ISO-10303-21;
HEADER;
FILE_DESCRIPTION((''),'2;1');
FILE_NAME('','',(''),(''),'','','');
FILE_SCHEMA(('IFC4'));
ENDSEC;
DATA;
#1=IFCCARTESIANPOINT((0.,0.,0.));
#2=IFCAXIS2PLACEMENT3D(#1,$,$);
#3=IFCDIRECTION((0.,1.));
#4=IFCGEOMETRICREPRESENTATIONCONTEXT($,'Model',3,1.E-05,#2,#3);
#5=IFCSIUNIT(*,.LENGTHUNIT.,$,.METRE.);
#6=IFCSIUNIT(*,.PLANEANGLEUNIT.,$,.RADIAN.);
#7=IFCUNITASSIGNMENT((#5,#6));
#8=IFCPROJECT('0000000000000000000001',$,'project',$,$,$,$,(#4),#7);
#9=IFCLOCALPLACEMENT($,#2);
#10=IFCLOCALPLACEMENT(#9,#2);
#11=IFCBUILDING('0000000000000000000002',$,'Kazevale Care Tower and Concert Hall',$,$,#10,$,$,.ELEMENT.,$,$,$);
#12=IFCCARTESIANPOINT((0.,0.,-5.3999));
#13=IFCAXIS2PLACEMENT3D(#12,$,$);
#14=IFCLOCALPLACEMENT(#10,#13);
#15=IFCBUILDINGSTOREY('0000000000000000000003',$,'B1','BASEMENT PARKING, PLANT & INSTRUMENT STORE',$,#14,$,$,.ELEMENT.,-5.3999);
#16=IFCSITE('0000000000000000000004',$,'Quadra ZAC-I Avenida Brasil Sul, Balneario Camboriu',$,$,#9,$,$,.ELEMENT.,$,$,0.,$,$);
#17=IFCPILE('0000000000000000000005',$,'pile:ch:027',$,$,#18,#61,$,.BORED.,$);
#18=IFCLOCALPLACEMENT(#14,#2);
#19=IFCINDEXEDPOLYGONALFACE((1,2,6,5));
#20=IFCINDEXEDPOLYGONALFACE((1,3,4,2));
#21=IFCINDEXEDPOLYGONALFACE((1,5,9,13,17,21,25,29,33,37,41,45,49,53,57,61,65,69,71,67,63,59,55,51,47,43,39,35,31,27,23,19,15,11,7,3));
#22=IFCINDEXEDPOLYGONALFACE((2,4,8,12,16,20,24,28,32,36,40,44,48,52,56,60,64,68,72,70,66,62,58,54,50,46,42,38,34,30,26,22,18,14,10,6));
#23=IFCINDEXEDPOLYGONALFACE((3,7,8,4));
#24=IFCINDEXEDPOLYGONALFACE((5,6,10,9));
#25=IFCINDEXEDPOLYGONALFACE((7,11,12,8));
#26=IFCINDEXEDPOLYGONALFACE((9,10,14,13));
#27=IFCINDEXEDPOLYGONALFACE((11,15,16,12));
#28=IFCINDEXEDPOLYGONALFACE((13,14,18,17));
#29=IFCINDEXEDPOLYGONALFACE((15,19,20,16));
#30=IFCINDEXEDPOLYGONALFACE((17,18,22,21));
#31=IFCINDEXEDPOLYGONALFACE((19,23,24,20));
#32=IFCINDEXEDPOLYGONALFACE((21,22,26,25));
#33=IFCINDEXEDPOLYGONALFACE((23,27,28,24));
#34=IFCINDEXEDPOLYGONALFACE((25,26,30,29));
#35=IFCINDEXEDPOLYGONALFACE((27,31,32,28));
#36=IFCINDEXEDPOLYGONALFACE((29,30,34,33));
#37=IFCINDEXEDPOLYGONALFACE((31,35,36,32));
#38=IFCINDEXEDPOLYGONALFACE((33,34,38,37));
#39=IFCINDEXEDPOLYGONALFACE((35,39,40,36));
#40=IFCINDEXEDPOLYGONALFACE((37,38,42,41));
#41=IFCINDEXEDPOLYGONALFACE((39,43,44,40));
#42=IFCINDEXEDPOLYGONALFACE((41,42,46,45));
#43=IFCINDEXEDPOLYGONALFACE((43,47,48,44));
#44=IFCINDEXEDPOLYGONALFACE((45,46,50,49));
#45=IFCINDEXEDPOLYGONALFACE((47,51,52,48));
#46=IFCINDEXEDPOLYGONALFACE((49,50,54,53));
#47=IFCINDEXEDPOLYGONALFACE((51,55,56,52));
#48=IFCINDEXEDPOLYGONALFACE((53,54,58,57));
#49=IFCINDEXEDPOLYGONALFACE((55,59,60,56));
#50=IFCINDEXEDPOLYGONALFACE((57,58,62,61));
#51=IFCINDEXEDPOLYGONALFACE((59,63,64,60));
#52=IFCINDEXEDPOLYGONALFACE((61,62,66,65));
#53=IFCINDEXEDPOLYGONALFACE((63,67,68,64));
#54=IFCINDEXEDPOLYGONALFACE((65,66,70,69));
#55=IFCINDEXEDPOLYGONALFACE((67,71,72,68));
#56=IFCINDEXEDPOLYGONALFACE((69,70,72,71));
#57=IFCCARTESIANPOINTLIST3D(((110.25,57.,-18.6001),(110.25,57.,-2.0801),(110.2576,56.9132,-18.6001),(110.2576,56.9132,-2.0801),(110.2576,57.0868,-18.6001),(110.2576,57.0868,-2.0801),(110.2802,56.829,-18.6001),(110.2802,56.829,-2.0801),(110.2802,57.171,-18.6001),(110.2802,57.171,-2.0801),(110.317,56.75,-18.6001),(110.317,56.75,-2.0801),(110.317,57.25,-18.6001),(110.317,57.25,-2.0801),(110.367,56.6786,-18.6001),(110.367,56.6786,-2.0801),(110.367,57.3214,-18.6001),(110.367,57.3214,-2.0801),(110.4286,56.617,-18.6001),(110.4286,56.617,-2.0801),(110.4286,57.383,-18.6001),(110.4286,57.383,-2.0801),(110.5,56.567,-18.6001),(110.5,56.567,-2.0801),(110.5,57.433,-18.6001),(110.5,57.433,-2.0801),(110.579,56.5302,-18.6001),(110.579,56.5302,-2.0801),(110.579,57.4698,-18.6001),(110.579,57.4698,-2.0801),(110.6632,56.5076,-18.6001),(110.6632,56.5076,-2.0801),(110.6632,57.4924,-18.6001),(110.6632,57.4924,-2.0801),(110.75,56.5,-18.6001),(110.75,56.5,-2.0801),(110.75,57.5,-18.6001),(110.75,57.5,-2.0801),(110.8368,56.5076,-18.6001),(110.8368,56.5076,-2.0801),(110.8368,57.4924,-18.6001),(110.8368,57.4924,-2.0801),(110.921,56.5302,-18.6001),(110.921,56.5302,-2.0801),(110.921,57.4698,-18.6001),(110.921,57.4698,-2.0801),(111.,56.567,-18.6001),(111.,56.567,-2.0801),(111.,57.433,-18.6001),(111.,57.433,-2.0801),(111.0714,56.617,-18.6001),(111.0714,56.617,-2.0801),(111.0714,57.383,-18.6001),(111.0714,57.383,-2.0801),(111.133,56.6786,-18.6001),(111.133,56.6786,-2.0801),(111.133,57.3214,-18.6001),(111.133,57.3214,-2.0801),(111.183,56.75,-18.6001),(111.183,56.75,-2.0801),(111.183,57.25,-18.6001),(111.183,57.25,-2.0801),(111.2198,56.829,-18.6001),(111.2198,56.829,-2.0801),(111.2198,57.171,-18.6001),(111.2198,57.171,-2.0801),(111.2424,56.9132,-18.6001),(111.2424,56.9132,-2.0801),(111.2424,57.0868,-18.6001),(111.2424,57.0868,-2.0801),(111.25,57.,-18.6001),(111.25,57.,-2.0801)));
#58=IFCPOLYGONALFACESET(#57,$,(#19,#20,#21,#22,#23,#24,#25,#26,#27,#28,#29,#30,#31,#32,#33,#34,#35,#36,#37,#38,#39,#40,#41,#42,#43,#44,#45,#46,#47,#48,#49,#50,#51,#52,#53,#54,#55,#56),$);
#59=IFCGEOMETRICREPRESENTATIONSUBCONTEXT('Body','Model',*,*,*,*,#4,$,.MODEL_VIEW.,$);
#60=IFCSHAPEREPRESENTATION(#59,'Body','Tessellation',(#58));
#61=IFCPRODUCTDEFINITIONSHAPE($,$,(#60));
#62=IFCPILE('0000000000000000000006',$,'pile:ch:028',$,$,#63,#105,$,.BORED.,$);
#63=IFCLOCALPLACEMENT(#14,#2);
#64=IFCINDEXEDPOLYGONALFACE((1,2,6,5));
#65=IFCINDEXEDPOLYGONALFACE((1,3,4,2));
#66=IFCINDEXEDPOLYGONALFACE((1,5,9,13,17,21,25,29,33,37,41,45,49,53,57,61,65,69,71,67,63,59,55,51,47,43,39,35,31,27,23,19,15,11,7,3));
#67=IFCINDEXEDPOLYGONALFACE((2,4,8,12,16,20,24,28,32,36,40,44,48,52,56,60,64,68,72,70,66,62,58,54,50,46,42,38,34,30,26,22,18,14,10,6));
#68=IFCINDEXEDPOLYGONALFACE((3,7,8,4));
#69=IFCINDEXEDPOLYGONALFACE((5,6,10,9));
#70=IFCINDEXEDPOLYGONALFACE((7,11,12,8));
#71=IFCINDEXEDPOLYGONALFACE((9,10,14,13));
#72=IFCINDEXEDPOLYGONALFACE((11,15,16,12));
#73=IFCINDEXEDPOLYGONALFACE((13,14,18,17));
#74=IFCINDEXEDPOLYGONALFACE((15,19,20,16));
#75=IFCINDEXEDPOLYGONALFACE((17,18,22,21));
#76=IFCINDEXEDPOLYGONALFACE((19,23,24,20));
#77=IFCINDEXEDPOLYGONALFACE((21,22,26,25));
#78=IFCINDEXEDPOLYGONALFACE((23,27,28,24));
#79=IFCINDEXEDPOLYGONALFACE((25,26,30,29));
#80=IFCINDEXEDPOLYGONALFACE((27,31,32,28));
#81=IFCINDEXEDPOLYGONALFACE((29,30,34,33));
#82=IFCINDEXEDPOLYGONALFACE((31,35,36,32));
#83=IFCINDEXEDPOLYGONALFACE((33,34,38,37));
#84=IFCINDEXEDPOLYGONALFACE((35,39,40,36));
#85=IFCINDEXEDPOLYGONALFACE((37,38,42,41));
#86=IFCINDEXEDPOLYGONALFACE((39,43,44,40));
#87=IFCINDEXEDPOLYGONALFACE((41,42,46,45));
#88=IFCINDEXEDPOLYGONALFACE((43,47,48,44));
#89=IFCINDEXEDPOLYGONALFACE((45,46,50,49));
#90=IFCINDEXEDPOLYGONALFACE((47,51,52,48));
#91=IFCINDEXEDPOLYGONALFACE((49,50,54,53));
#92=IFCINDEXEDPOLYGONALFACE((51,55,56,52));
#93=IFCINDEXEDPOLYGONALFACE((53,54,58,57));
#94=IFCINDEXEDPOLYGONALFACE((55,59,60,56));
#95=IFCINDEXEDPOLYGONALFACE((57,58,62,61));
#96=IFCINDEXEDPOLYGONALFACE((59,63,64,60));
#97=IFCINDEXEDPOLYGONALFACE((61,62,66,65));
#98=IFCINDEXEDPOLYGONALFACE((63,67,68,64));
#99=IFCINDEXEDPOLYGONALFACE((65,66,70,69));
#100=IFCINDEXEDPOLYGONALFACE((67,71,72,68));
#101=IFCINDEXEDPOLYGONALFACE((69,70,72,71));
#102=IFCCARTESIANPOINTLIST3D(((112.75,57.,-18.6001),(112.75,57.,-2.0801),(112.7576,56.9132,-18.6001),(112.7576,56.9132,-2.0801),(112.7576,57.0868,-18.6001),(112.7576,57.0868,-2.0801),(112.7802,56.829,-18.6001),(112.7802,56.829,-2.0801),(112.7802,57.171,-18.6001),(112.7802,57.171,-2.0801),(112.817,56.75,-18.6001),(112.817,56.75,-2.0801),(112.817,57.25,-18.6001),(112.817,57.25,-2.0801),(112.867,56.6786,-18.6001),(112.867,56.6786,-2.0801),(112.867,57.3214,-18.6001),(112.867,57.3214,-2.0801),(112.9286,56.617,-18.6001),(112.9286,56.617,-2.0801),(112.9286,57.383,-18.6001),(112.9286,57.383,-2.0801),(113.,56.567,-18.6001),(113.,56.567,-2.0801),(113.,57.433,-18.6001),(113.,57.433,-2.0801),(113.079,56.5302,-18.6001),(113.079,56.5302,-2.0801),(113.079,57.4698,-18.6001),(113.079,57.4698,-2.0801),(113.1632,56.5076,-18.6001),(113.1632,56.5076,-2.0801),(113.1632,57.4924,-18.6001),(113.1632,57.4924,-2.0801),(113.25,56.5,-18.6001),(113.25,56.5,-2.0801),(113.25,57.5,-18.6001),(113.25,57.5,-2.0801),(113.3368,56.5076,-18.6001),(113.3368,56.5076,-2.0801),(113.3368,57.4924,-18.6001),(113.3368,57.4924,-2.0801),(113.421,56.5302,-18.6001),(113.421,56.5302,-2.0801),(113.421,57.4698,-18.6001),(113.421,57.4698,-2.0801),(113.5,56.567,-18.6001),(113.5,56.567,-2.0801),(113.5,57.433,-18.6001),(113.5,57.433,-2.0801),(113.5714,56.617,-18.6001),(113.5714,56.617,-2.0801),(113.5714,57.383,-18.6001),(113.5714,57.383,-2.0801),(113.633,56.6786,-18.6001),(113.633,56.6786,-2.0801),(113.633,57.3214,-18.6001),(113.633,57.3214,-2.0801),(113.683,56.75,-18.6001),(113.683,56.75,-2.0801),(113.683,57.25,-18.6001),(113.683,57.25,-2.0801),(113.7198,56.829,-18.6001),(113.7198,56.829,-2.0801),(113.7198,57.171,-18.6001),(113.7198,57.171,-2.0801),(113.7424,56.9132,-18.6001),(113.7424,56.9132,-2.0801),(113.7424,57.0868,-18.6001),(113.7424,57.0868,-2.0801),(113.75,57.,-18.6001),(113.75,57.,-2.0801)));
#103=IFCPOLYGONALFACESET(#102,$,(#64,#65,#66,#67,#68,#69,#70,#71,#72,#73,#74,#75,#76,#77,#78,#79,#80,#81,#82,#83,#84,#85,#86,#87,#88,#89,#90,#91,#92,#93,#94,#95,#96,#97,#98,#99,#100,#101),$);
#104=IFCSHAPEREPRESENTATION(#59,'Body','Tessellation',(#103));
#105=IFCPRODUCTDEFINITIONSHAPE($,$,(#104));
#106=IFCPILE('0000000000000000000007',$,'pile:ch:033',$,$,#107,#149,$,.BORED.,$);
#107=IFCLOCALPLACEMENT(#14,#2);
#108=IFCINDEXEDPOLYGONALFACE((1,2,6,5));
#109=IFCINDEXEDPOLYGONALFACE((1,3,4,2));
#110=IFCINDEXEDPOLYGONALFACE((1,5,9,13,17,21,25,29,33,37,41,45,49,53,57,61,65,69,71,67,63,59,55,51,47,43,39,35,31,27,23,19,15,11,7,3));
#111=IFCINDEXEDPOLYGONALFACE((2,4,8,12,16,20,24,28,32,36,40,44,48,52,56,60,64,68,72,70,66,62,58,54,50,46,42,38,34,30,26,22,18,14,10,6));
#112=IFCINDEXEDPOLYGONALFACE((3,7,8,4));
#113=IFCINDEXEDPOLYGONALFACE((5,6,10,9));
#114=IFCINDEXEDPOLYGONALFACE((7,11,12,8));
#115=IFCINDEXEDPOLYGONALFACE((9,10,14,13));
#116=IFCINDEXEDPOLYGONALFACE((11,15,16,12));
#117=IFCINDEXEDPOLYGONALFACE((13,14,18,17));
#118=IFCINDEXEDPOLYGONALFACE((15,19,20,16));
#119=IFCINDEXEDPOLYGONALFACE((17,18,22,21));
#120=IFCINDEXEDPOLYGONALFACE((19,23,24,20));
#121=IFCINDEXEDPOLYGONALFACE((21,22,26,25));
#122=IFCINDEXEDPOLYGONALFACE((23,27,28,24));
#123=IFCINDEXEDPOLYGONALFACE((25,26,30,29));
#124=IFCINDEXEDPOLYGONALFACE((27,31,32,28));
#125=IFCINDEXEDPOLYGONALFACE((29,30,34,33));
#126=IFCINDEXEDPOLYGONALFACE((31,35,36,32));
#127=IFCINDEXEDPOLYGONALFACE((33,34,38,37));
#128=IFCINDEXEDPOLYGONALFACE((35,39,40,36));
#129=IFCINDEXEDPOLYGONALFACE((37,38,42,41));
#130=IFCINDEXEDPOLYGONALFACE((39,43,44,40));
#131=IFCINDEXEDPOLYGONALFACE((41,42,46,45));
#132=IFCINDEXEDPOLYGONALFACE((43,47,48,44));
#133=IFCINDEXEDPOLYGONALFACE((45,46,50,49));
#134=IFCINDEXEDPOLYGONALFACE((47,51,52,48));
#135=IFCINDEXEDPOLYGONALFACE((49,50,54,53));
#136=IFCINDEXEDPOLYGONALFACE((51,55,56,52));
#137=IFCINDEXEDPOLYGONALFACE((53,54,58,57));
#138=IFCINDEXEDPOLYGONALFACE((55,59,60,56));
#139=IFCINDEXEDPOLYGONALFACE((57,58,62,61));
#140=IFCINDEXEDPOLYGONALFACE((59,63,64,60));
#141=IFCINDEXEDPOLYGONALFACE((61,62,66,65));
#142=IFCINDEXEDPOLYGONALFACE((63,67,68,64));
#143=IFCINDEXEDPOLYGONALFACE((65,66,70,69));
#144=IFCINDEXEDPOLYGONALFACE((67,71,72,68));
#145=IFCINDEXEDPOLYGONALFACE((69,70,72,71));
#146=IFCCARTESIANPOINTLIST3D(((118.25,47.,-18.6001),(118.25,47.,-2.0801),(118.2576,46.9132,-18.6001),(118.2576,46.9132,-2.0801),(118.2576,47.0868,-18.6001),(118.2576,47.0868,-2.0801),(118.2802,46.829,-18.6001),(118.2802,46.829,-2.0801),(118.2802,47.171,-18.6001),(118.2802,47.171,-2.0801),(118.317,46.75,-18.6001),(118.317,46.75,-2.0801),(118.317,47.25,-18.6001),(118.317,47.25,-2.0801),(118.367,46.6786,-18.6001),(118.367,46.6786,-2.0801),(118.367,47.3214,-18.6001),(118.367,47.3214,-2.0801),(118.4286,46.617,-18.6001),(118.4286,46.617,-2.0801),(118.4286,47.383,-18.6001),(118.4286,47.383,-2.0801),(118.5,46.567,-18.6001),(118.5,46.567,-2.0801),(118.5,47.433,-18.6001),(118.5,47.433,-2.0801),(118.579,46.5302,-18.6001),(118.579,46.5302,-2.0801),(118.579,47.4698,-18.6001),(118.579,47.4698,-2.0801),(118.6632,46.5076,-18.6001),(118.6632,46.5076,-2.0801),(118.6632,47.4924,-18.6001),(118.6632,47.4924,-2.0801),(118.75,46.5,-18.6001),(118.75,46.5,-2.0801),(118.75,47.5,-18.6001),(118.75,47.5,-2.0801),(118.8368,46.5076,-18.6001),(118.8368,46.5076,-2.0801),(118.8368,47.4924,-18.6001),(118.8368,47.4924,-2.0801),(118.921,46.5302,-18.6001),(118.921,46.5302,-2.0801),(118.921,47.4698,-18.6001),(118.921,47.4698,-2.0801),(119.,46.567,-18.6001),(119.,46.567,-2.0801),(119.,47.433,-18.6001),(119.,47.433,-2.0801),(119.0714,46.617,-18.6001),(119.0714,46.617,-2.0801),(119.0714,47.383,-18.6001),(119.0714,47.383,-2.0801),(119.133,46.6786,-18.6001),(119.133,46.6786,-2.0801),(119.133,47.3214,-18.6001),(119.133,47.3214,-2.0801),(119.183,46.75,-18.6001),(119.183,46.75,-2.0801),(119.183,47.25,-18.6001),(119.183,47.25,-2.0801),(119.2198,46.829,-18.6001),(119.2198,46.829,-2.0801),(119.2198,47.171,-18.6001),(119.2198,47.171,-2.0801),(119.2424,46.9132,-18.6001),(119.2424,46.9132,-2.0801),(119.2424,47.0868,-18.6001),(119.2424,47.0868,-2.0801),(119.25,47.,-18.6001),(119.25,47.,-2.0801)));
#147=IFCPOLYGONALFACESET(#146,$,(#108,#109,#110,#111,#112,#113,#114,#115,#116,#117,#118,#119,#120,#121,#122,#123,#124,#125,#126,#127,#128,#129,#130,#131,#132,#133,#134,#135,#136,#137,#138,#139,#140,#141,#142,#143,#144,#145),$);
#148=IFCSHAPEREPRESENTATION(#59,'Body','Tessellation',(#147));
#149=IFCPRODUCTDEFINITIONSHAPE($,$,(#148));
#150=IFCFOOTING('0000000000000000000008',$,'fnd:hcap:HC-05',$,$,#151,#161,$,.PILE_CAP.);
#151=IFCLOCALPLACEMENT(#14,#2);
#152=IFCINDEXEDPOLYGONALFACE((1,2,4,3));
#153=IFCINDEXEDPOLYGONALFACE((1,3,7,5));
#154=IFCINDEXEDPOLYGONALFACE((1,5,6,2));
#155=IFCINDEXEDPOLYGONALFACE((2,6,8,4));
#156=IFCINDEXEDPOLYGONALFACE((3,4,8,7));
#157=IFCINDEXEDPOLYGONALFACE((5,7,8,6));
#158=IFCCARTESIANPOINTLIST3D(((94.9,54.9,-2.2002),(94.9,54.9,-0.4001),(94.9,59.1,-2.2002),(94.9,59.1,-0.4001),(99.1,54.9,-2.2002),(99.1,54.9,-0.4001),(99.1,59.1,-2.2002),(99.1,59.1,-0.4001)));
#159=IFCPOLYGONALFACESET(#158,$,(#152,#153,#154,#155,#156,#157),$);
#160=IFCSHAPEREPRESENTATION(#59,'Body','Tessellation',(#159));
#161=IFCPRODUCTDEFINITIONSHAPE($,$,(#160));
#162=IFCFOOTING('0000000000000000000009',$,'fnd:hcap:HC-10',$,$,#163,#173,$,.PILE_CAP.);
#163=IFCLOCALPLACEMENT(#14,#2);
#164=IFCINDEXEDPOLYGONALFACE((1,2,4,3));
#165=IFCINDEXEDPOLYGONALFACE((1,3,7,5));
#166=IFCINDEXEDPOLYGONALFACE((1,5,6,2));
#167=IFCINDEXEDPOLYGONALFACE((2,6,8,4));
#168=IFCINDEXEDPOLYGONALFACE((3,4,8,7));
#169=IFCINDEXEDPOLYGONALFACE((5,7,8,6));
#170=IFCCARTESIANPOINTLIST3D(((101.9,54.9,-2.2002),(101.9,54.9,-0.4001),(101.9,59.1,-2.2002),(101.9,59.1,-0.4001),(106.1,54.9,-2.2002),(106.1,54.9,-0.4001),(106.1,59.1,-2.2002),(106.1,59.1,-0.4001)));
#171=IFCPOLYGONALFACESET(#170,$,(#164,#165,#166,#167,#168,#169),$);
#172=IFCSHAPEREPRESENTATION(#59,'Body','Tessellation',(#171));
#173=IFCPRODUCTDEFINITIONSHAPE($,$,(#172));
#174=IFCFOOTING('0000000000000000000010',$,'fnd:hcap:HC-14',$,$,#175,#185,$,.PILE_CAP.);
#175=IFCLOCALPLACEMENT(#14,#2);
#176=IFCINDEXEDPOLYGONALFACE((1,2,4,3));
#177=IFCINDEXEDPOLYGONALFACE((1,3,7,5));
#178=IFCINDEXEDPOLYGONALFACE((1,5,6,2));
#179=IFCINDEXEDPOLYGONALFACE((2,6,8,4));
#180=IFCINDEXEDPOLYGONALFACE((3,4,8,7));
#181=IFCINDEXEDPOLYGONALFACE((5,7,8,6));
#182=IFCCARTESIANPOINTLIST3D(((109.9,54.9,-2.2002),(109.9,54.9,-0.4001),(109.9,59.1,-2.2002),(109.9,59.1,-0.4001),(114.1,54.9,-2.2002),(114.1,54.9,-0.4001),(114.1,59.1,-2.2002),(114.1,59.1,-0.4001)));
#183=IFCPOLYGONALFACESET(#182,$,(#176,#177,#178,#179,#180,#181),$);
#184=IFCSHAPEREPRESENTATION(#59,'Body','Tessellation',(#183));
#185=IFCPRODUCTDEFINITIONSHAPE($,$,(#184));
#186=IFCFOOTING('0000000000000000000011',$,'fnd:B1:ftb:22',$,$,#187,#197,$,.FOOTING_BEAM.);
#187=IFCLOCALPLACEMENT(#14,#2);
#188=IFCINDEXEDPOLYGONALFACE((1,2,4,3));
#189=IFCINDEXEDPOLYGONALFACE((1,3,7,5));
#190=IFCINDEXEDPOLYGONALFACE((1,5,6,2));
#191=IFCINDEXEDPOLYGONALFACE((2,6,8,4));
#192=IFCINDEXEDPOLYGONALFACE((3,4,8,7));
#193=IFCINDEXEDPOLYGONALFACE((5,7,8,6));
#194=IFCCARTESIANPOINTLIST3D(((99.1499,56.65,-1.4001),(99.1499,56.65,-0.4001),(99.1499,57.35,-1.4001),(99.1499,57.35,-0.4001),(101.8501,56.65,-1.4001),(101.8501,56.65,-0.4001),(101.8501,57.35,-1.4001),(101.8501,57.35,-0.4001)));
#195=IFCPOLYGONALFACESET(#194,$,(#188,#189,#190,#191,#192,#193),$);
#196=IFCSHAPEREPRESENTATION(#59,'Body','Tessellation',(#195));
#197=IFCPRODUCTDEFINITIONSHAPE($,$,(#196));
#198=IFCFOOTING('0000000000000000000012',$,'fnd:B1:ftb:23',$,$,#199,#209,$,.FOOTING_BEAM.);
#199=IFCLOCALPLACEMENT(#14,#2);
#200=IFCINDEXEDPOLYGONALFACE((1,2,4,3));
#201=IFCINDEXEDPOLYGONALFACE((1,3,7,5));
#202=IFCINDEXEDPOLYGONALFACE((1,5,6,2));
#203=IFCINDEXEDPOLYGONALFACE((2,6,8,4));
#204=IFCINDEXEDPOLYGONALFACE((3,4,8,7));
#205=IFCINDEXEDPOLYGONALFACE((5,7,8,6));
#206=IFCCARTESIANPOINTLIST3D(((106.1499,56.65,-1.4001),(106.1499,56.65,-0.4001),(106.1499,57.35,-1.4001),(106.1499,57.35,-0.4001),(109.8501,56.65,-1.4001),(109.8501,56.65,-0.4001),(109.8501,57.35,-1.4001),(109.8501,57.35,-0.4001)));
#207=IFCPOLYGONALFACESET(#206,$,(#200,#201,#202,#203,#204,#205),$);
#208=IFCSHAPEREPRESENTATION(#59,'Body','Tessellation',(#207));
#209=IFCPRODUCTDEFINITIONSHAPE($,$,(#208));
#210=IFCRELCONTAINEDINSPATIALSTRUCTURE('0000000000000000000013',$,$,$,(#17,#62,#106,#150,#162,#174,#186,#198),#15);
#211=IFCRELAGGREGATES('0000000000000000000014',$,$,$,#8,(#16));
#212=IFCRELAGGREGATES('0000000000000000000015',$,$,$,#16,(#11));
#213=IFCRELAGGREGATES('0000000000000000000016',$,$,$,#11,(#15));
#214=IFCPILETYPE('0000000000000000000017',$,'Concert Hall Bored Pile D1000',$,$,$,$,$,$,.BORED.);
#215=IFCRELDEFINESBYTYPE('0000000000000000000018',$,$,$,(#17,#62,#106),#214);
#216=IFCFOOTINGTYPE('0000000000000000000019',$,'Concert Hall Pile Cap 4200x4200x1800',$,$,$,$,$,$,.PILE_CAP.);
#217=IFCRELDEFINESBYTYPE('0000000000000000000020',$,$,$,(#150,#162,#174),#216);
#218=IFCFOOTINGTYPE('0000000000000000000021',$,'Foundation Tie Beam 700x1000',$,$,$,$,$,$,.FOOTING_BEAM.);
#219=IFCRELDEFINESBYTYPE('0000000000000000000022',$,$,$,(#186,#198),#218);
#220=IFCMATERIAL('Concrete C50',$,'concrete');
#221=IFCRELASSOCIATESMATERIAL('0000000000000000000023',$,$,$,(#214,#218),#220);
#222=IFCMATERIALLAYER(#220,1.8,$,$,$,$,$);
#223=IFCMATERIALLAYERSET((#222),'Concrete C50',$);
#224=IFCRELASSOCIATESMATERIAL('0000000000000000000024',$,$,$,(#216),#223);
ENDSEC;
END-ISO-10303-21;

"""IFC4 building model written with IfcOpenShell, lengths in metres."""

from ifc_helpers import new_model, si_unit, direction, frame, frame_2d, origin, origin_2d, place, context, subcontext, project, spatial, rectangle, circle, extrude, material, layer, layer_set, material_profile, profile_set, type_object, element, save


model = new_model("IFC4")

# Units and contexts
model_context = context("Model", 3, precision=1e-05, world=origin(), true_north=direction((0.0, 1.0)))
body_context = subcontext(model_context, "Body", "Model", "MODEL_VIEW")
ifc_project = project(units=[si_unit("LENGTHUNIT", "METRE"), si_unit("PLANEANGLEUNIT", "RADIAN")], contexts=[model_context])

# Site, building, storey
site_placement = place(None, origin())
site = spatial("IfcSite", under=ifc_project, at=site_placement, Name="Quadra ZAC-I Avenida Brasil Sul, Balneario Camboriu", CompositionType="ELEMENT", RefElevation=0.0)
building_placement = place(site_placement, origin())
building = spatial("IfcBuilding", under=site, at=building_placement, Name="Kazevale Care Tower and Concert Hall", CompositionType="ELEMENT")
storey_placement = place(building_placement, frame((0.0, 0.0, -5.3999)))
storey = spatial("IfcBuildingStorey", under=building, at=storey_placement, Name="B1", Description="BASEMENT PARKING, PLANT & INSTRUMENT STORE", CompositionType="ELEMENT", Elevation=-5.3999)

# Piles
ifc_material_1 = material(Name="Concrete C50", Category="concrete")
ifc_material_profile_1 = material_profile(ifc_material_1, circle(Radius=0.5, at=origin_2d()), Name="PILE-D1000")
ifc_profile_set_1 = profile_set([ifc_material_profile_1], Name="Concrete C50")
pile_type = type_object("IfcPileType", Name="Concert Hall Bored Pile D1000", PredefinedType="BORED", material=ifc_profile_set_1)
for number, where, z_axis, x_axis, name in (
    (1, (110.75, 57.0, -2.0801), (0.0, 0.0, -1.0), (1.0, 0.0, 0.0), "pile:ch:027"),
    (2, (113.25, 57.0, -2.0801), (0.0, 0.0, -1.0), (1.0, 0.0, 0.0), "pile:ch:028"),
    (3, (118.75, 47.0, -2.0801), (0.0, 0.0, -1.0), (1.0, 0.0, 0.0), "pile:ch:033"),
):
    element("IfcPile", number, at=place(storey_placement, frame(where, z_axis=z_axis, x_axis=x_axis)), inside=storey, type_object=pile_type, Name=name, PredefinedType="BORED", context=body_context, shape_type="SweptSolid", body=[
        extrude(circle(Radius=0.5, at=origin_2d()), origin(), (0.0, 0.0, 1.0), 16.52),
    ])

# Footings
ifc_layer_1 = layer(ifc_material_1, 1.8)
ifc_layer_set_1 = layer_set([ifc_layer_1], Name="Concrete C50")
footing_type_1 = type_object("IfcFootingType", Name="Concert Hall Pile Cap 4200x4200x1800", PredefinedType="PILE_CAP", material=ifc_layer_set_1)
for number, where, z_axis, x_axis, name in (
    (4, (97.0, 57.0, -2.2002), (0.0, 0.0, 1.0), (1.0, 0.0, 0.0), "fnd:hcap:HC-05"),
    (5, (104.0, 57.0, -2.2002), (0.0, 0.0, 1.0), (1.0, 0.0, 0.0), "fnd:hcap:HC-10"),
    (6, (112.0, 57.0, -2.2002), (0.0, 0.0, 1.0), (1.0, 0.0, 0.0), "fnd:hcap:HC-14"),
):
    element("IfcFooting", number, at=place(storey_placement, frame(where, z_axis=z_axis, x_axis=x_axis)), inside=storey, type_object=footing_type_1, Name=name, PredefinedType="PILE_CAP", context=body_context, shape_type="SweptSolid", body=[
        extrude(rectangle(XDim=4.2, YDim=4.2, at=origin_2d()), origin(), (0.0, 0.0, 1.0), 1.8),
    ])
ifc_material_profile_2 = material_profile(ifc_material_1, rectangle(XDim=0.7, YDim=1.0, at=origin_2d()), Name="RC-GB700x1000")
ifc_profile_set_2 = profile_set([ifc_material_profile_2], Name="Concrete C50")
footing_type_2 = type_object("IfcFootingType", Name="Foundation Tie Beam 700x1000", PredefinedType="FOOTING_BEAM", material=ifc_profile_set_2)
footing_1_placement = place(storey_placement, frame((99.1499, 57.0, -1.4001), z_axis=(0.0, 0.0, 1.0), x_axis=(1.0, 0.0, 0.0)))
element("IfcFooting", 7, at=footing_1_placement, inside=storey, type_object=footing_type_2, Name="fnd:B1:ftb:22", PredefinedType="FOOTING_BEAM", context=body_context, shape_type="SweptSolid", body=[
    extrude(rectangle(XDim=2.7002, YDim=0.7, at=frame_2d((1.3501, 0.0))), origin(), (0.0, 0.0, 1.0), 1.0),
])
for number, where, z_axis, x_axis, name in (
    (8, (106.1499, 57.0, -1.4001), (0.0, 0.0, 1.0), (1.0, 0.0, 0.0), "fnd:B1:ftb:23"),
):
    element("IfcFooting", number, at=place(storey_placement, frame(where, z_axis=z_axis, x_axis=x_axis)), inside=storey, type_object=footing_type_2, Name=name, PredefinedType="FOOTING_BEAM", context=body_context, shape_type="SweptSolid", body=[
        extrude(rectangle(XDim=3.7002, YDim=0.7, at=frame_2d((1.8501, 0.0))), origin(), (0.0, 0.0, 1.0), 1.0),
    ])

save(model, "model.ifc")
